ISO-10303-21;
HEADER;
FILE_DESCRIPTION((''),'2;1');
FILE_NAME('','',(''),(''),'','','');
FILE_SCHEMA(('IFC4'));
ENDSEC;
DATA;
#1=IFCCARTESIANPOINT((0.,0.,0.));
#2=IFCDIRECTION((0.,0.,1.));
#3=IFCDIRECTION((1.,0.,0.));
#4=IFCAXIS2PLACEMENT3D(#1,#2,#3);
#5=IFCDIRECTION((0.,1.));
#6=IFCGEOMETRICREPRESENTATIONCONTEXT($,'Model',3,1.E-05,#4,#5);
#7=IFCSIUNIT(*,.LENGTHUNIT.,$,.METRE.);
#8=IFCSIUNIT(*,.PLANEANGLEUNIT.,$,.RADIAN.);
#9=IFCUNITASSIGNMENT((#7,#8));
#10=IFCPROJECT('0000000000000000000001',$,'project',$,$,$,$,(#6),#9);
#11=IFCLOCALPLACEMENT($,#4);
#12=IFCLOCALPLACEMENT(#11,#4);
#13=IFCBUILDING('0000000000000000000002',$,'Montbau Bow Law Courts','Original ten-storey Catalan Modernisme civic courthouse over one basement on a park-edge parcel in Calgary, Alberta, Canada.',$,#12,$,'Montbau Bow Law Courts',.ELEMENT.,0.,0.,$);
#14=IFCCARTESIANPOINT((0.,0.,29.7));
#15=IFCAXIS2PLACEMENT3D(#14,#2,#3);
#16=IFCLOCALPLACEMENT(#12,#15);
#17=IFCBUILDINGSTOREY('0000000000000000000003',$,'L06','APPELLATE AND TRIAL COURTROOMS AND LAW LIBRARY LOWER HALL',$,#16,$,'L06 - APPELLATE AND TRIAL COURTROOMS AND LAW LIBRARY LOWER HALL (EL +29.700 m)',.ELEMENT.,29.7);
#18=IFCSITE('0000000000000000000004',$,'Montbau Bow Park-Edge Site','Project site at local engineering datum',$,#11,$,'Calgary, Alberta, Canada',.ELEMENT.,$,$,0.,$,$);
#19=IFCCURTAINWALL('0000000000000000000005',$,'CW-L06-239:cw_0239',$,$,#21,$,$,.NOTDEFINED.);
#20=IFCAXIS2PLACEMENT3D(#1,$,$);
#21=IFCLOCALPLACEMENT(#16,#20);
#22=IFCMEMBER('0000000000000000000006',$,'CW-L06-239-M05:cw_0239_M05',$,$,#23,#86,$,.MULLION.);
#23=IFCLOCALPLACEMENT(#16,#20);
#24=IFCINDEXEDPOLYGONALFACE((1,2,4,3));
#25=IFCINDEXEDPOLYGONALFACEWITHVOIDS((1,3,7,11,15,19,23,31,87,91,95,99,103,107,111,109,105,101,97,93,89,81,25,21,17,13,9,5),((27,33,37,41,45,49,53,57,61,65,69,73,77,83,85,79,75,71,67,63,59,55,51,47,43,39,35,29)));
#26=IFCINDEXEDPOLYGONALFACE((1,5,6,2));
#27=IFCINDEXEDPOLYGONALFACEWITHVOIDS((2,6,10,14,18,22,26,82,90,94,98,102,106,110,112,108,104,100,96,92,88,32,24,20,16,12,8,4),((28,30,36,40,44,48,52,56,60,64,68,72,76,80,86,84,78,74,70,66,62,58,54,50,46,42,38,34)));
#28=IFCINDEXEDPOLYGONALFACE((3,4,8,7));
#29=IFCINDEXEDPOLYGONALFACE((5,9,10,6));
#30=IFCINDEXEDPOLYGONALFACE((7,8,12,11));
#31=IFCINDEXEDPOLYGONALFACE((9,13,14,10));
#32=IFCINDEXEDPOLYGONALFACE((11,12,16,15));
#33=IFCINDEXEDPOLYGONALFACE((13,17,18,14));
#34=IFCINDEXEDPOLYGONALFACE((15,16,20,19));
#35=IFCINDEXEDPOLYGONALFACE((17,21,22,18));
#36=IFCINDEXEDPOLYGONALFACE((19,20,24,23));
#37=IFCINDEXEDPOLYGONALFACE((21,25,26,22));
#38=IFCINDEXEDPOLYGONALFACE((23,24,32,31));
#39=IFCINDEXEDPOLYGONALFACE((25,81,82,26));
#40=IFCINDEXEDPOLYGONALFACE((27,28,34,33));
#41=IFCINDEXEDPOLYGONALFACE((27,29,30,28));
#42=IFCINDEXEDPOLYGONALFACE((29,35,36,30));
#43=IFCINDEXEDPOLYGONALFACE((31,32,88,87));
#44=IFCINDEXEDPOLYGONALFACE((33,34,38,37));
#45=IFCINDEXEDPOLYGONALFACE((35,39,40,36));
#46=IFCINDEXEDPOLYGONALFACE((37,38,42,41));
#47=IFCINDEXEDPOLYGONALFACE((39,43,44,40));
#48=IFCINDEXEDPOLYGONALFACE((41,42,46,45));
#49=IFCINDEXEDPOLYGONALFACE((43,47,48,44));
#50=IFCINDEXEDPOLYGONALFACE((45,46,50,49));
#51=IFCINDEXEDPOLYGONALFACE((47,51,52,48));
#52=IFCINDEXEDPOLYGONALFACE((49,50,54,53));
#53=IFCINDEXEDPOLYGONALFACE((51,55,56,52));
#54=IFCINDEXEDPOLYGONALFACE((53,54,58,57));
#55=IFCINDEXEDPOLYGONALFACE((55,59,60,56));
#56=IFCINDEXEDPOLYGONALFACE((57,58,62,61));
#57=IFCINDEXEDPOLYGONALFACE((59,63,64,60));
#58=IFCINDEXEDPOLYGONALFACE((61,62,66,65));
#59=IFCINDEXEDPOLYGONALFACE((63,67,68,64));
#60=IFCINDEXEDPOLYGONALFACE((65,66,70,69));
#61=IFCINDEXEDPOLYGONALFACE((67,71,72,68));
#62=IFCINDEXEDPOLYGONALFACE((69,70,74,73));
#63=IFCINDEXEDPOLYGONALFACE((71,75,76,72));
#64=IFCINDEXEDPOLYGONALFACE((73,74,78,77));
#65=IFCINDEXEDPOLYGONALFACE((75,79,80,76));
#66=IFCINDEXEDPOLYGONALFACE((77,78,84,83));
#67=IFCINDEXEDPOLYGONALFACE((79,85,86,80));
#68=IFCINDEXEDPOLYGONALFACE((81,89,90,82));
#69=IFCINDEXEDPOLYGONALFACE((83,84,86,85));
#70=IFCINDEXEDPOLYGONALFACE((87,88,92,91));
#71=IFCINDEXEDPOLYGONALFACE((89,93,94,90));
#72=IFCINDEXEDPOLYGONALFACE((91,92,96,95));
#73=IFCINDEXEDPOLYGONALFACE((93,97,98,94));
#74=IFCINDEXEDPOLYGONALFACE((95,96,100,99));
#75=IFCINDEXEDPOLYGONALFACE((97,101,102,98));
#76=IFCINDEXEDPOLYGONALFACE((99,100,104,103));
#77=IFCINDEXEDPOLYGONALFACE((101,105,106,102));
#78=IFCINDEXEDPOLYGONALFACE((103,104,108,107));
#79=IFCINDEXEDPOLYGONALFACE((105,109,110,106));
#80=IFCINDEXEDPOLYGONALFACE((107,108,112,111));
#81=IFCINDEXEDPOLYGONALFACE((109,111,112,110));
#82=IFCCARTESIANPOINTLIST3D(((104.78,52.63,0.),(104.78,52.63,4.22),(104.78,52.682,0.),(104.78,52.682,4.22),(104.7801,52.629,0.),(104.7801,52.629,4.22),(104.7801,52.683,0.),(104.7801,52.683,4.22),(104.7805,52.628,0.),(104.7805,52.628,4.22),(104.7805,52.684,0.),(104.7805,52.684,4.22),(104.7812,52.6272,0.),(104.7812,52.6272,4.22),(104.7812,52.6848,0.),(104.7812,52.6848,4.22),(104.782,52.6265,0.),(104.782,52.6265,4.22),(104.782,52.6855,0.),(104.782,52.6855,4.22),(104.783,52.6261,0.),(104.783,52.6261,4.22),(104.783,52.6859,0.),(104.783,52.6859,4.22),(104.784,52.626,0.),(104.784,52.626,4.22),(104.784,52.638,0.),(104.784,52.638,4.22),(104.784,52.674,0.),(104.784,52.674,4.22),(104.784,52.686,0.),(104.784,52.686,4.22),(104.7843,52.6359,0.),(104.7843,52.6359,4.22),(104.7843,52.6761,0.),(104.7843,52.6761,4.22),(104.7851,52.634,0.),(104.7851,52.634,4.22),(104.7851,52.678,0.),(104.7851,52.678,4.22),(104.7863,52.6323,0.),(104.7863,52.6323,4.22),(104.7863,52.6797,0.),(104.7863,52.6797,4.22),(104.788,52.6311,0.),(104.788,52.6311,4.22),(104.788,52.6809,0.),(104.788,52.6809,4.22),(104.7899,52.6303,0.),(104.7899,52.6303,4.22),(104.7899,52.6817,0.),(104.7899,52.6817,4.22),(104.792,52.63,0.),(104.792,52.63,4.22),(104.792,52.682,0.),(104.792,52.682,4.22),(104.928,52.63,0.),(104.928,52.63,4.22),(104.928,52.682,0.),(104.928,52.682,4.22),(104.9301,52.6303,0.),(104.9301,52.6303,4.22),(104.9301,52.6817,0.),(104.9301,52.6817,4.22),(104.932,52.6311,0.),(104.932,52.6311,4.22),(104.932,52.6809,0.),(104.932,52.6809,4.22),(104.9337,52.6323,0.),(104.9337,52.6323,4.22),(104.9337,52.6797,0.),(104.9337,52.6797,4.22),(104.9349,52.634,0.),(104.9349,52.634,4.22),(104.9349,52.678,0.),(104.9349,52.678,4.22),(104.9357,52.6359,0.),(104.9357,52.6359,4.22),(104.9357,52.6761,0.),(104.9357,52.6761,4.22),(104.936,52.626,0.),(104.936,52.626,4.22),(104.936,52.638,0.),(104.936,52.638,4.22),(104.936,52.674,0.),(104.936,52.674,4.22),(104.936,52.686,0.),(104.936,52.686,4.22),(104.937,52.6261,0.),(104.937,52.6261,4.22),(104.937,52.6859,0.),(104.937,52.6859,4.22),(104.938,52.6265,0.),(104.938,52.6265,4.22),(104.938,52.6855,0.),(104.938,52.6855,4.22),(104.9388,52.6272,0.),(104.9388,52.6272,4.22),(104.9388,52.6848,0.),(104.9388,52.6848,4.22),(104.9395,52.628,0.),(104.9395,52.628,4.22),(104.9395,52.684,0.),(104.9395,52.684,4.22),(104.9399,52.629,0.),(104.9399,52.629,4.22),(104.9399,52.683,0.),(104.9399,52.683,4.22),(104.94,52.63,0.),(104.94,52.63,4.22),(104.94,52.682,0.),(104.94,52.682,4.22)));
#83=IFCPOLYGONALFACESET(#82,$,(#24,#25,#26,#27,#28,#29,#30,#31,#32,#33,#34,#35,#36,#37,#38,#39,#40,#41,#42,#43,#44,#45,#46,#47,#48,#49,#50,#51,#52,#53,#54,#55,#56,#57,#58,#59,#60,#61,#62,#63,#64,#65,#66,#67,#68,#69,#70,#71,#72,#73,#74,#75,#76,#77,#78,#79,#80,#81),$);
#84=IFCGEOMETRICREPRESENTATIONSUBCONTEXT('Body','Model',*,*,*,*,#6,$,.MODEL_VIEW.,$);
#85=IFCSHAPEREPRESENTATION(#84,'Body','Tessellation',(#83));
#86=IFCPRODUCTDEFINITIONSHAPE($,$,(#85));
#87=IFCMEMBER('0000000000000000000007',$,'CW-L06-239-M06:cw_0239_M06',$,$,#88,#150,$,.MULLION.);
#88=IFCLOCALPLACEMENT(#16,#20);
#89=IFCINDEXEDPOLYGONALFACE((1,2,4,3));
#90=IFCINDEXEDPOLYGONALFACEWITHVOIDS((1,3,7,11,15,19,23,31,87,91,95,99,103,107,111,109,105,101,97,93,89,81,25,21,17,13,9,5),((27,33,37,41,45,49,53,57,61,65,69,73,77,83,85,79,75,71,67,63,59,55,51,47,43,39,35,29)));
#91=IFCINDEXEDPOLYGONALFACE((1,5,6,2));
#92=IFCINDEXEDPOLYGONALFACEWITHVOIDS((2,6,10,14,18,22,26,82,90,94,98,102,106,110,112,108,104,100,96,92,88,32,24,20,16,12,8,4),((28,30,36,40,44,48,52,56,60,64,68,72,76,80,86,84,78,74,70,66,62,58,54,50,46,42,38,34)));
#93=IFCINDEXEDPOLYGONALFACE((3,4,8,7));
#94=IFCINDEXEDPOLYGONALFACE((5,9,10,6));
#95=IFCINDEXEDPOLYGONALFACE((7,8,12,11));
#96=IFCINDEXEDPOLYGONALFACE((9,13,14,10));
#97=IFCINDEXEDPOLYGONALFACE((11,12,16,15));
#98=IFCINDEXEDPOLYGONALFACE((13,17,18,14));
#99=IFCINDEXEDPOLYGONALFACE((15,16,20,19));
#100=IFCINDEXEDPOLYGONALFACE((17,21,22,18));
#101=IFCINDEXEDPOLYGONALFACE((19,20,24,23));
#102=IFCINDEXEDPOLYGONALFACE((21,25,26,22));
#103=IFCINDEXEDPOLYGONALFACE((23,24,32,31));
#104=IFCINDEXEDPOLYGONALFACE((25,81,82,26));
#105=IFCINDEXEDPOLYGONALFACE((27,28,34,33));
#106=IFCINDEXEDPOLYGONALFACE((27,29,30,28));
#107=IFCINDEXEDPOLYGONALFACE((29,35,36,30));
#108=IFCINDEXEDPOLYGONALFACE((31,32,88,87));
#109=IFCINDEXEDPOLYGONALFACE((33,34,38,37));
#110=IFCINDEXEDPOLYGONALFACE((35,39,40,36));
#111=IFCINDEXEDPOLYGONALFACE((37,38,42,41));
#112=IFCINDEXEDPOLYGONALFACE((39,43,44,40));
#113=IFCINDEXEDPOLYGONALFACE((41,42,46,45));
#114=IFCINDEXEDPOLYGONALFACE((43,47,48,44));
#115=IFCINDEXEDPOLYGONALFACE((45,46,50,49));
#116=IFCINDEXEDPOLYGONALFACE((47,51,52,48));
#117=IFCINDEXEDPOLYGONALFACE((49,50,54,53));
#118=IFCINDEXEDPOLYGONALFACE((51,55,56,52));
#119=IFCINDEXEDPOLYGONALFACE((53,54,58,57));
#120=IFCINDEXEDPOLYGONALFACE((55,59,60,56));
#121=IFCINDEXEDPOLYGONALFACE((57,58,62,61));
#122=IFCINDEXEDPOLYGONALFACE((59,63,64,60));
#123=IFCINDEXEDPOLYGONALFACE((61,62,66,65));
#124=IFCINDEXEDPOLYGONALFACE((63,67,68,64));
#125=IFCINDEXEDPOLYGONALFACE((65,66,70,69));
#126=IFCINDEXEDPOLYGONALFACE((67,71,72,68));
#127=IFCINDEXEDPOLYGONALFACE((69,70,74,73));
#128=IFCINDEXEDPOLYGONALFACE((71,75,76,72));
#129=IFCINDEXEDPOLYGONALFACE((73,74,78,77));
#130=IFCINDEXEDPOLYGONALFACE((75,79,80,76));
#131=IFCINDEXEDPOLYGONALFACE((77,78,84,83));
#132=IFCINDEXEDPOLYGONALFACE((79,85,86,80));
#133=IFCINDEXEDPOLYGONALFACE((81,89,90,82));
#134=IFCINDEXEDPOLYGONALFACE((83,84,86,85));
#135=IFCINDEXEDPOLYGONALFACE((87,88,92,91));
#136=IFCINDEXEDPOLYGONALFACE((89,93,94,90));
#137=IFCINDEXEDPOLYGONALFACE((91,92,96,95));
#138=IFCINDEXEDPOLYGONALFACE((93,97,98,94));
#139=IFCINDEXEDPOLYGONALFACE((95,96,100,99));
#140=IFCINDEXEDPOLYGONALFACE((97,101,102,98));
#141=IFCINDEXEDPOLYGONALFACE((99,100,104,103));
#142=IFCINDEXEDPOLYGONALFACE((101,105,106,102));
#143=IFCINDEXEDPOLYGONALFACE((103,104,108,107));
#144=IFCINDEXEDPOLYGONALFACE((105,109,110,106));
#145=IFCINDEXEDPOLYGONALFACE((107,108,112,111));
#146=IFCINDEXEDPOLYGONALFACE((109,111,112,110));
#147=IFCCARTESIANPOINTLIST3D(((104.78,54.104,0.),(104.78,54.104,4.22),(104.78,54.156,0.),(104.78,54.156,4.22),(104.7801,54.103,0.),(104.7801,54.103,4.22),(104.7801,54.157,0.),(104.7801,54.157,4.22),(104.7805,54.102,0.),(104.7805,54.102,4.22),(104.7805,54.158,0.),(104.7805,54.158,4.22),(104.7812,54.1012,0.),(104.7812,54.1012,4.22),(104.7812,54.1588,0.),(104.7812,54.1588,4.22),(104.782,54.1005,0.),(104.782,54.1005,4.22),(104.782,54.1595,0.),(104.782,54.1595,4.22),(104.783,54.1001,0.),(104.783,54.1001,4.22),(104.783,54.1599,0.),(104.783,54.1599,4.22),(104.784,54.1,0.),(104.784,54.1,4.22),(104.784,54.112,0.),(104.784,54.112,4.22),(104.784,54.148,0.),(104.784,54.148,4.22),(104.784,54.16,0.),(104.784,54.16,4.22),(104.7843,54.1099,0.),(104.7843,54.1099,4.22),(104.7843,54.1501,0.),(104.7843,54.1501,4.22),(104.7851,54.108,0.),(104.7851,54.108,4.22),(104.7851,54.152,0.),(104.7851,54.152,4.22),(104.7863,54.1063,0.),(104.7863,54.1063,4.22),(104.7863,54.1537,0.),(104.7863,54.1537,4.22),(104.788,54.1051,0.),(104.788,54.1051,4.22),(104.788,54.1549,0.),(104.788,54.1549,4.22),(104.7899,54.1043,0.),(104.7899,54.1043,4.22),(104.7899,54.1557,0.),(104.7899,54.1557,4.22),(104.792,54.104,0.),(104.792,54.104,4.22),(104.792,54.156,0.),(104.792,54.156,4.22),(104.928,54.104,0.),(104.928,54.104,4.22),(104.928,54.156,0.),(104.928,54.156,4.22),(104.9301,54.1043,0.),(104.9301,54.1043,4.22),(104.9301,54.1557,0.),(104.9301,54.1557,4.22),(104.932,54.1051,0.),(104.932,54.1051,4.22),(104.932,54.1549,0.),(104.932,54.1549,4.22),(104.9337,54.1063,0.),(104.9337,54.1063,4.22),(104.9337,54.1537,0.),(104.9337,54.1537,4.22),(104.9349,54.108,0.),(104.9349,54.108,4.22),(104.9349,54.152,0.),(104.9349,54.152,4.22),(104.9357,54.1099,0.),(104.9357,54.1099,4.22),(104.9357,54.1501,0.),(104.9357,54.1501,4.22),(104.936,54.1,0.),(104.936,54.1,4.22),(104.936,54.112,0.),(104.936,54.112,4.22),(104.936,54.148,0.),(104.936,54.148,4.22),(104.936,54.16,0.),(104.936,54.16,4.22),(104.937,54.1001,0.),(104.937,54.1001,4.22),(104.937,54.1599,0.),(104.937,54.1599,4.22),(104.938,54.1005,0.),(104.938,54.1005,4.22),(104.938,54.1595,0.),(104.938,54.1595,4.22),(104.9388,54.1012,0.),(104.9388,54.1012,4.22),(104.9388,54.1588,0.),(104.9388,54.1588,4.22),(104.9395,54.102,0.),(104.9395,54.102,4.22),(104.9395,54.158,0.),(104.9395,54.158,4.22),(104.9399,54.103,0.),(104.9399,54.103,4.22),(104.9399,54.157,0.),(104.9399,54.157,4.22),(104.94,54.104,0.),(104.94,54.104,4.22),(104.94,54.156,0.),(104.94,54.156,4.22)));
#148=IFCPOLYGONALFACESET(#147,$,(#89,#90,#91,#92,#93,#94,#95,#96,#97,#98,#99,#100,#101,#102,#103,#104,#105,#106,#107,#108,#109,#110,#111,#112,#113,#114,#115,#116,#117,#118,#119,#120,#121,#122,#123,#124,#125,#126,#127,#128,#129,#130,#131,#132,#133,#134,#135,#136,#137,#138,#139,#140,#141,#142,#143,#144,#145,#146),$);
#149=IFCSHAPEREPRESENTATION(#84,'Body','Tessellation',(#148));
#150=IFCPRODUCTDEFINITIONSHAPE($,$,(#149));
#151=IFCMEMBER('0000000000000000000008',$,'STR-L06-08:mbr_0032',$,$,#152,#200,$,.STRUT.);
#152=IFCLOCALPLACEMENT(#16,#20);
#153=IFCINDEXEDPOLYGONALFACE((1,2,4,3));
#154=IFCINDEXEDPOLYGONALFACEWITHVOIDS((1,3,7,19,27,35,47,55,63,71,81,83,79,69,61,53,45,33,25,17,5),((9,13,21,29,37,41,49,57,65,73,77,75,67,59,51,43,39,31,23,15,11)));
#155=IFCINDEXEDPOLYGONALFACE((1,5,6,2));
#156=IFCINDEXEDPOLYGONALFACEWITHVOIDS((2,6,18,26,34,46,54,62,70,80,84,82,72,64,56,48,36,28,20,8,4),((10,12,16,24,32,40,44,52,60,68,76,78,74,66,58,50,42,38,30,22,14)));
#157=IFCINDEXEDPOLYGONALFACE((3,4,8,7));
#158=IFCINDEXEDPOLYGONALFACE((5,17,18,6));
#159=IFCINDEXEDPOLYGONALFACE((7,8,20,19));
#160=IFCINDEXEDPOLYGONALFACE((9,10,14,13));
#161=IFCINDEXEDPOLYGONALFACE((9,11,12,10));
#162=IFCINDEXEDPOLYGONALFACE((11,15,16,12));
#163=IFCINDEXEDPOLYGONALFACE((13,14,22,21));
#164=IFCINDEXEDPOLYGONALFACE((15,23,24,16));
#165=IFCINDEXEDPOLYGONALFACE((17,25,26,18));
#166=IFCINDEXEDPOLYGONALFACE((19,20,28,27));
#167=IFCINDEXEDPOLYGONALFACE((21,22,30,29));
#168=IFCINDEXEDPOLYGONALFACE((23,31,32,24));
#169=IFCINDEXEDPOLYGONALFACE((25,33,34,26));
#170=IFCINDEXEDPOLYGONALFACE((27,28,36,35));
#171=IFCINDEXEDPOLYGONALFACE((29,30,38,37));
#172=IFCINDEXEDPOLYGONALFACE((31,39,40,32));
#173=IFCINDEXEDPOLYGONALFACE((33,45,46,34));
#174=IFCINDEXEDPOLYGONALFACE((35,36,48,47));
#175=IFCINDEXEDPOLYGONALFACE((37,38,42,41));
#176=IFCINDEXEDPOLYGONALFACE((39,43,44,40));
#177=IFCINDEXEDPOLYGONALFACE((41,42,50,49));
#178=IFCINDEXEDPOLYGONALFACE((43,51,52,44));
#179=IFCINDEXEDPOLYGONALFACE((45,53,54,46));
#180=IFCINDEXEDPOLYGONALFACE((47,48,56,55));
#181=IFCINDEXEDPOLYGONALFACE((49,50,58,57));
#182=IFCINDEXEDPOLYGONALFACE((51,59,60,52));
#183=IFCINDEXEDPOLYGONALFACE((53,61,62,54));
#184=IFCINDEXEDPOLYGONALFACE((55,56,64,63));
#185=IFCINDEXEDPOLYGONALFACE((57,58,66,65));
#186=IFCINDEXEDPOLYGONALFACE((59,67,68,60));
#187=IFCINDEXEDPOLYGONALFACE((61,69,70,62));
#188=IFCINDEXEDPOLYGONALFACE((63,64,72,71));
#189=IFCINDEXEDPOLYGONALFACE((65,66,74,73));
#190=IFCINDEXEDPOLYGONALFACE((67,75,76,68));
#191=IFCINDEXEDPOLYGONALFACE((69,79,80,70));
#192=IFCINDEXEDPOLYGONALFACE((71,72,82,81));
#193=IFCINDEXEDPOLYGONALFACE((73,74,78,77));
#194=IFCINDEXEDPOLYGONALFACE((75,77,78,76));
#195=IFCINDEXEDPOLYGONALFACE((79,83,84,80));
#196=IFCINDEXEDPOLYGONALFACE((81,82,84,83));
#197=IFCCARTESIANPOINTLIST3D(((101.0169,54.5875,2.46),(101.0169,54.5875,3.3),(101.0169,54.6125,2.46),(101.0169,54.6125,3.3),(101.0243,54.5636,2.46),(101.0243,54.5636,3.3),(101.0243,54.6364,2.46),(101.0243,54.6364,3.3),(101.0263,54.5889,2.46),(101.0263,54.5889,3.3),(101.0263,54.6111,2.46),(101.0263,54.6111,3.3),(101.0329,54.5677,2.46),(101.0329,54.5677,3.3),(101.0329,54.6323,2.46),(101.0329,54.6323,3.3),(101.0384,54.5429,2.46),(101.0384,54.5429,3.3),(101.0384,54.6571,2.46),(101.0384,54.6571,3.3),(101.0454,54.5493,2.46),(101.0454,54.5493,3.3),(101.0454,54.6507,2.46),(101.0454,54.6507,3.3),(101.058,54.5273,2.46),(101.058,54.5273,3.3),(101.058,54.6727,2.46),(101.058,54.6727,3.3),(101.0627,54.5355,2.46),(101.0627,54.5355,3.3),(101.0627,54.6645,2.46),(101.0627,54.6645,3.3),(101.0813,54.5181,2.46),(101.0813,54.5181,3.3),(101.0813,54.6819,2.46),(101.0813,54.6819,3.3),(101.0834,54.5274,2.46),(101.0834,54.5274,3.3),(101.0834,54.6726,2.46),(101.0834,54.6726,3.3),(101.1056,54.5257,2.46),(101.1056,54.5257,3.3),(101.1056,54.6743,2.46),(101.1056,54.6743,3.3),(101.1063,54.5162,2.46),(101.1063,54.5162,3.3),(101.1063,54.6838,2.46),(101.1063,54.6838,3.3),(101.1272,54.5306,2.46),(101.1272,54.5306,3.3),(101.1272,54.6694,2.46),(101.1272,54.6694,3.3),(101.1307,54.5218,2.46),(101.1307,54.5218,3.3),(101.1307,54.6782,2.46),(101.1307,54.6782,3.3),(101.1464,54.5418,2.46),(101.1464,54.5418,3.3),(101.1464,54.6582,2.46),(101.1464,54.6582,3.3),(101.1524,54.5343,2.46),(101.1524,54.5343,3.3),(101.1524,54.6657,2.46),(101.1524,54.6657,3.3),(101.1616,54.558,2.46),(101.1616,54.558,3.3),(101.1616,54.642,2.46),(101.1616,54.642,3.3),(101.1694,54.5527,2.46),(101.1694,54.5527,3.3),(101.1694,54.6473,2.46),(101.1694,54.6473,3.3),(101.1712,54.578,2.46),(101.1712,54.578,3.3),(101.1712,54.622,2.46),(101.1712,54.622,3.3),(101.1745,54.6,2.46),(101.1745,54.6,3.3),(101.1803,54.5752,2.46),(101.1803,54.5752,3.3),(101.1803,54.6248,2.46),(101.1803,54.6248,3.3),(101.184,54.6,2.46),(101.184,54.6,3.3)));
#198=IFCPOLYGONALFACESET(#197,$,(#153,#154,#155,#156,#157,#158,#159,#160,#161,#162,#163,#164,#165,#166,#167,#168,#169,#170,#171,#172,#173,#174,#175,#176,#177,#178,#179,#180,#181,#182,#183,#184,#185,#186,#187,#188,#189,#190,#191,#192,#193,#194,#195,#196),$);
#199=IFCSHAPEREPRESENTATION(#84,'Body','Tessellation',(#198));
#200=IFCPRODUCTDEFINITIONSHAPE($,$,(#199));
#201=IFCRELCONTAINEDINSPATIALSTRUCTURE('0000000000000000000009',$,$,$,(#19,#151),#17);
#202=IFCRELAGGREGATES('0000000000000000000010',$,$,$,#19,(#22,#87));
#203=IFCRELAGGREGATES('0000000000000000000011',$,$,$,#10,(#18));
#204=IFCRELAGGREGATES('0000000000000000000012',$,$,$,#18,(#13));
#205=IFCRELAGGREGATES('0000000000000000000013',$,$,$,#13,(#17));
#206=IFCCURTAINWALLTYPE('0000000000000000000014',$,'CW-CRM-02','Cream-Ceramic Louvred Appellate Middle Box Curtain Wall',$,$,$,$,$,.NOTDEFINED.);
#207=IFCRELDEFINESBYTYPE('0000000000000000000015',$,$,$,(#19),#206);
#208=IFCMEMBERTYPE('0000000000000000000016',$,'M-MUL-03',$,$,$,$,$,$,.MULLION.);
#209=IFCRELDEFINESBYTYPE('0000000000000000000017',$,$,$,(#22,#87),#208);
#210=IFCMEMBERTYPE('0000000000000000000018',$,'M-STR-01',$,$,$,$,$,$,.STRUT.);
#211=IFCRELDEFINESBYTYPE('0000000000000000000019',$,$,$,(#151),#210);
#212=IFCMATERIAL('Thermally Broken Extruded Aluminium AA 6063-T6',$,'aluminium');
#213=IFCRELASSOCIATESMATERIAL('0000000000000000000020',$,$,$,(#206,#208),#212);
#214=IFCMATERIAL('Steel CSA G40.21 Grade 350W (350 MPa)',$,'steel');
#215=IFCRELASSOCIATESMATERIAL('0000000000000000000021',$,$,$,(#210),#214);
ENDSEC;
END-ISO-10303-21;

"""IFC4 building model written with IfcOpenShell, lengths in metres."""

from ifc_helpers import new_model, si_unit, direction, frame, origin_with_axes, origin_2d_with_axis, place, context, subcontext, project, spatial, hollow_rectangle, hollow_circle, extrude, material, material_profile, profile_set, type_object, element, aggregate, save


model = new_model("IFC4")

# Units and contexts
model_context = context("Model", 3, precision=1e-05, world=origin_with_axes(), true_north=direction((0.0, 1.0)))
body_context = subcontext(model_context, "Body", "Model", "MODEL_VIEW")
ifc_project = project(units=[si_unit("LENGTHUNIT", "METRE"), si_unit("PLANEANGLEUNIT", "RADIAN")], contexts=[model_context])

# Site, building, storey
site_placement = place(None, origin_with_axes())
site = spatial("IfcSite", under=ifc_project, at=site_placement, Name="Montbau Bow Park-Edge Site", Description="Project site at local engineering datum", LongName="Calgary, Alberta, Canada", CompositionType="ELEMENT", RefElevation=0.0)
building_placement = place(site_placement, origin_with_axes())
building = spatial("IfcBuilding", under=site, at=building_placement, Name="Montbau Bow Law Courts", Description="Original ten-storey Catalan Modernisme civic courthouse over one basement on a park-edge parcel in Calgary, Alberta, Canada.", LongName="Montbau Bow Law Courts", CompositionType="ELEMENT", ElevationOfRefHeight=0.0, ElevationOfTerrain=0.0)
storey_placement = place(building_placement, frame((0.0, 0.0, 29.7), z_axis=(0.0, 0.0, 1.0), x_axis=(1.0, 0.0, 0.0)))
storey = spatial("IfcBuildingStorey", under=building, at=storey_placement, Name="L06", Description="APPELLATE AND TRIAL COURTROOMS AND LAW LIBRARY LOWER HALL", LongName="L06 - APPELLATE AND TRIAL COURTROOMS AND LAW LIBRARY LOWER HALL (EL +29.700 m)", CompositionType="ELEMENT", Elevation=29.7)

# Shared definitions
ifc_material_1 = material(Name="Steel CSA G40.21 Grade 350W (350 MPa)", Category="steel")

# Curtain wall, members
ifc_material_2 = material(Name="Thermally Broken Extruded Aluminium AA 6063-T6", Category="aluminium")
curtain_wall_type = type_object("IfcCurtainWallType", Name="CW-CRM-02", Description="Cream-Ceramic Louvred Appellate Middle Box Curtain Wall", PredefinedType="NOTDEFINED", material=ifc_material_2)
curtain_wall_1_placement = place(None, frame((104.86, 46.64, 29.7), z_axis=(0.0, 0.0, 1.0), x_axis=(1.0, 0.0, 0.0)))
curtain_wall_1 = element("IfcCurtainWall", 1, at=curtain_wall_1_placement, inside=storey, type_object=curtain_wall_type, Name="CW-L06-239:cw_0239", PredefinedType="NOTDEFINED")
ifc_material_profile_1 = material_profile(ifc_material_2, hollow_rectangle(XDim=0.06, YDim=0.16, WallThickness=0.004, InnerFilletRadius=0.008, OuterFilletRadius=0.004, at=origin_2d_with_axis()), Name="CWM-160X60", Category="Main", Priority=0)
ifc_profile_set_1 = profile_set([ifc_material_profile_1], Name="Thermally Broken Extruded Aluminium AA 6063-T6")
member_type_1 = type_object("IfcMemberType", Name="M-MUL-03", PredefinedType="MULLION", material=ifc_profile_set_1)
member_1_placement = place(None, frame((104.86, 52.656, 29.7), z_axis=(0.0, 0.0, 1.0), x_axis=(0.0, 1.0, 0.0)))
member_1 = element("IfcMember", 2, at=member_1_placement, type_object=member_type_1, Name="CW-L06-239-M05:cw_0239_M05", PredefinedType="MULLION", context=body_context, shape_type="SweptSolid", body=[
    extrude(hollow_rectangle(XDim=0.06, YDim=0.16, WallThickness=0.004, InnerFilletRadius=0.008, OuterFilletRadius=0.004, at=origin_2d_with_axis()), origin_with_axes(), (0.0, 0.0, 1.0), 4.22),
])
member_2_placement = place(None, frame((104.86, 54.13, 29.7), z_axis=(0.0, 0.0, 1.0), x_axis=(0.0, 1.0, 0.0)))
member_2 = element("IfcMember", 3, at=member_2_placement, type_object=member_type_1, Name="CW-L06-239-M06:cw_0239_M06", PredefinedType="MULLION", context=body_context, shape_type="SweptSolid", body=[
    extrude(hollow_rectangle(XDim=0.06, YDim=0.16, WallThickness=0.004, InnerFilletRadius=0.008, OuterFilletRadius=0.004, at=origin_2d_with_axis()), origin_with_axes(), (0.0, 0.0, 1.0), 4.22),
])

# Member
ifc_material_profile_2 = material_profile(ifc_material_1, hollow_circle(Radius=0.084, WallThickness=0.0095, at=origin_2d_with_axis()), Name="HSS168X9.5", Category="Main", Priority=0)
ifc_profile_set_2 = profile_set([ifc_material_profile_2], Name="Steel CSA G40.21 Grade 350W (350 MPa)")
member_type_2 = type_object("IfcMemberType", Name="M-STR-01", PredefinedType="STRUT", material=ifc_profile_set_2)
member_3_placement = place(None, frame((101.1, 54.6, 32.16), z_axis=(0.0, 0.0, 1.0), x_axis=(1.0, 0.0, 0.0)))
element("IfcMember", 4, at=member_3_placement, inside=storey, type_object=member_type_2, Name="STR-L06-08:mbr_0032", PredefinedType="STRUT", context=body_context, shape_type="SweptSolid", body=[
    extrude(hollow_circle(Radius=0.084, WallThickness=0.0095, at=origin_2d_with_axis()), origin_with_axes(), (0.0, 0.0, 1.0), 0.84),
])

aggregate(curtain_wall_1, [member_1, member_2])

save(model, "model.ifc")
